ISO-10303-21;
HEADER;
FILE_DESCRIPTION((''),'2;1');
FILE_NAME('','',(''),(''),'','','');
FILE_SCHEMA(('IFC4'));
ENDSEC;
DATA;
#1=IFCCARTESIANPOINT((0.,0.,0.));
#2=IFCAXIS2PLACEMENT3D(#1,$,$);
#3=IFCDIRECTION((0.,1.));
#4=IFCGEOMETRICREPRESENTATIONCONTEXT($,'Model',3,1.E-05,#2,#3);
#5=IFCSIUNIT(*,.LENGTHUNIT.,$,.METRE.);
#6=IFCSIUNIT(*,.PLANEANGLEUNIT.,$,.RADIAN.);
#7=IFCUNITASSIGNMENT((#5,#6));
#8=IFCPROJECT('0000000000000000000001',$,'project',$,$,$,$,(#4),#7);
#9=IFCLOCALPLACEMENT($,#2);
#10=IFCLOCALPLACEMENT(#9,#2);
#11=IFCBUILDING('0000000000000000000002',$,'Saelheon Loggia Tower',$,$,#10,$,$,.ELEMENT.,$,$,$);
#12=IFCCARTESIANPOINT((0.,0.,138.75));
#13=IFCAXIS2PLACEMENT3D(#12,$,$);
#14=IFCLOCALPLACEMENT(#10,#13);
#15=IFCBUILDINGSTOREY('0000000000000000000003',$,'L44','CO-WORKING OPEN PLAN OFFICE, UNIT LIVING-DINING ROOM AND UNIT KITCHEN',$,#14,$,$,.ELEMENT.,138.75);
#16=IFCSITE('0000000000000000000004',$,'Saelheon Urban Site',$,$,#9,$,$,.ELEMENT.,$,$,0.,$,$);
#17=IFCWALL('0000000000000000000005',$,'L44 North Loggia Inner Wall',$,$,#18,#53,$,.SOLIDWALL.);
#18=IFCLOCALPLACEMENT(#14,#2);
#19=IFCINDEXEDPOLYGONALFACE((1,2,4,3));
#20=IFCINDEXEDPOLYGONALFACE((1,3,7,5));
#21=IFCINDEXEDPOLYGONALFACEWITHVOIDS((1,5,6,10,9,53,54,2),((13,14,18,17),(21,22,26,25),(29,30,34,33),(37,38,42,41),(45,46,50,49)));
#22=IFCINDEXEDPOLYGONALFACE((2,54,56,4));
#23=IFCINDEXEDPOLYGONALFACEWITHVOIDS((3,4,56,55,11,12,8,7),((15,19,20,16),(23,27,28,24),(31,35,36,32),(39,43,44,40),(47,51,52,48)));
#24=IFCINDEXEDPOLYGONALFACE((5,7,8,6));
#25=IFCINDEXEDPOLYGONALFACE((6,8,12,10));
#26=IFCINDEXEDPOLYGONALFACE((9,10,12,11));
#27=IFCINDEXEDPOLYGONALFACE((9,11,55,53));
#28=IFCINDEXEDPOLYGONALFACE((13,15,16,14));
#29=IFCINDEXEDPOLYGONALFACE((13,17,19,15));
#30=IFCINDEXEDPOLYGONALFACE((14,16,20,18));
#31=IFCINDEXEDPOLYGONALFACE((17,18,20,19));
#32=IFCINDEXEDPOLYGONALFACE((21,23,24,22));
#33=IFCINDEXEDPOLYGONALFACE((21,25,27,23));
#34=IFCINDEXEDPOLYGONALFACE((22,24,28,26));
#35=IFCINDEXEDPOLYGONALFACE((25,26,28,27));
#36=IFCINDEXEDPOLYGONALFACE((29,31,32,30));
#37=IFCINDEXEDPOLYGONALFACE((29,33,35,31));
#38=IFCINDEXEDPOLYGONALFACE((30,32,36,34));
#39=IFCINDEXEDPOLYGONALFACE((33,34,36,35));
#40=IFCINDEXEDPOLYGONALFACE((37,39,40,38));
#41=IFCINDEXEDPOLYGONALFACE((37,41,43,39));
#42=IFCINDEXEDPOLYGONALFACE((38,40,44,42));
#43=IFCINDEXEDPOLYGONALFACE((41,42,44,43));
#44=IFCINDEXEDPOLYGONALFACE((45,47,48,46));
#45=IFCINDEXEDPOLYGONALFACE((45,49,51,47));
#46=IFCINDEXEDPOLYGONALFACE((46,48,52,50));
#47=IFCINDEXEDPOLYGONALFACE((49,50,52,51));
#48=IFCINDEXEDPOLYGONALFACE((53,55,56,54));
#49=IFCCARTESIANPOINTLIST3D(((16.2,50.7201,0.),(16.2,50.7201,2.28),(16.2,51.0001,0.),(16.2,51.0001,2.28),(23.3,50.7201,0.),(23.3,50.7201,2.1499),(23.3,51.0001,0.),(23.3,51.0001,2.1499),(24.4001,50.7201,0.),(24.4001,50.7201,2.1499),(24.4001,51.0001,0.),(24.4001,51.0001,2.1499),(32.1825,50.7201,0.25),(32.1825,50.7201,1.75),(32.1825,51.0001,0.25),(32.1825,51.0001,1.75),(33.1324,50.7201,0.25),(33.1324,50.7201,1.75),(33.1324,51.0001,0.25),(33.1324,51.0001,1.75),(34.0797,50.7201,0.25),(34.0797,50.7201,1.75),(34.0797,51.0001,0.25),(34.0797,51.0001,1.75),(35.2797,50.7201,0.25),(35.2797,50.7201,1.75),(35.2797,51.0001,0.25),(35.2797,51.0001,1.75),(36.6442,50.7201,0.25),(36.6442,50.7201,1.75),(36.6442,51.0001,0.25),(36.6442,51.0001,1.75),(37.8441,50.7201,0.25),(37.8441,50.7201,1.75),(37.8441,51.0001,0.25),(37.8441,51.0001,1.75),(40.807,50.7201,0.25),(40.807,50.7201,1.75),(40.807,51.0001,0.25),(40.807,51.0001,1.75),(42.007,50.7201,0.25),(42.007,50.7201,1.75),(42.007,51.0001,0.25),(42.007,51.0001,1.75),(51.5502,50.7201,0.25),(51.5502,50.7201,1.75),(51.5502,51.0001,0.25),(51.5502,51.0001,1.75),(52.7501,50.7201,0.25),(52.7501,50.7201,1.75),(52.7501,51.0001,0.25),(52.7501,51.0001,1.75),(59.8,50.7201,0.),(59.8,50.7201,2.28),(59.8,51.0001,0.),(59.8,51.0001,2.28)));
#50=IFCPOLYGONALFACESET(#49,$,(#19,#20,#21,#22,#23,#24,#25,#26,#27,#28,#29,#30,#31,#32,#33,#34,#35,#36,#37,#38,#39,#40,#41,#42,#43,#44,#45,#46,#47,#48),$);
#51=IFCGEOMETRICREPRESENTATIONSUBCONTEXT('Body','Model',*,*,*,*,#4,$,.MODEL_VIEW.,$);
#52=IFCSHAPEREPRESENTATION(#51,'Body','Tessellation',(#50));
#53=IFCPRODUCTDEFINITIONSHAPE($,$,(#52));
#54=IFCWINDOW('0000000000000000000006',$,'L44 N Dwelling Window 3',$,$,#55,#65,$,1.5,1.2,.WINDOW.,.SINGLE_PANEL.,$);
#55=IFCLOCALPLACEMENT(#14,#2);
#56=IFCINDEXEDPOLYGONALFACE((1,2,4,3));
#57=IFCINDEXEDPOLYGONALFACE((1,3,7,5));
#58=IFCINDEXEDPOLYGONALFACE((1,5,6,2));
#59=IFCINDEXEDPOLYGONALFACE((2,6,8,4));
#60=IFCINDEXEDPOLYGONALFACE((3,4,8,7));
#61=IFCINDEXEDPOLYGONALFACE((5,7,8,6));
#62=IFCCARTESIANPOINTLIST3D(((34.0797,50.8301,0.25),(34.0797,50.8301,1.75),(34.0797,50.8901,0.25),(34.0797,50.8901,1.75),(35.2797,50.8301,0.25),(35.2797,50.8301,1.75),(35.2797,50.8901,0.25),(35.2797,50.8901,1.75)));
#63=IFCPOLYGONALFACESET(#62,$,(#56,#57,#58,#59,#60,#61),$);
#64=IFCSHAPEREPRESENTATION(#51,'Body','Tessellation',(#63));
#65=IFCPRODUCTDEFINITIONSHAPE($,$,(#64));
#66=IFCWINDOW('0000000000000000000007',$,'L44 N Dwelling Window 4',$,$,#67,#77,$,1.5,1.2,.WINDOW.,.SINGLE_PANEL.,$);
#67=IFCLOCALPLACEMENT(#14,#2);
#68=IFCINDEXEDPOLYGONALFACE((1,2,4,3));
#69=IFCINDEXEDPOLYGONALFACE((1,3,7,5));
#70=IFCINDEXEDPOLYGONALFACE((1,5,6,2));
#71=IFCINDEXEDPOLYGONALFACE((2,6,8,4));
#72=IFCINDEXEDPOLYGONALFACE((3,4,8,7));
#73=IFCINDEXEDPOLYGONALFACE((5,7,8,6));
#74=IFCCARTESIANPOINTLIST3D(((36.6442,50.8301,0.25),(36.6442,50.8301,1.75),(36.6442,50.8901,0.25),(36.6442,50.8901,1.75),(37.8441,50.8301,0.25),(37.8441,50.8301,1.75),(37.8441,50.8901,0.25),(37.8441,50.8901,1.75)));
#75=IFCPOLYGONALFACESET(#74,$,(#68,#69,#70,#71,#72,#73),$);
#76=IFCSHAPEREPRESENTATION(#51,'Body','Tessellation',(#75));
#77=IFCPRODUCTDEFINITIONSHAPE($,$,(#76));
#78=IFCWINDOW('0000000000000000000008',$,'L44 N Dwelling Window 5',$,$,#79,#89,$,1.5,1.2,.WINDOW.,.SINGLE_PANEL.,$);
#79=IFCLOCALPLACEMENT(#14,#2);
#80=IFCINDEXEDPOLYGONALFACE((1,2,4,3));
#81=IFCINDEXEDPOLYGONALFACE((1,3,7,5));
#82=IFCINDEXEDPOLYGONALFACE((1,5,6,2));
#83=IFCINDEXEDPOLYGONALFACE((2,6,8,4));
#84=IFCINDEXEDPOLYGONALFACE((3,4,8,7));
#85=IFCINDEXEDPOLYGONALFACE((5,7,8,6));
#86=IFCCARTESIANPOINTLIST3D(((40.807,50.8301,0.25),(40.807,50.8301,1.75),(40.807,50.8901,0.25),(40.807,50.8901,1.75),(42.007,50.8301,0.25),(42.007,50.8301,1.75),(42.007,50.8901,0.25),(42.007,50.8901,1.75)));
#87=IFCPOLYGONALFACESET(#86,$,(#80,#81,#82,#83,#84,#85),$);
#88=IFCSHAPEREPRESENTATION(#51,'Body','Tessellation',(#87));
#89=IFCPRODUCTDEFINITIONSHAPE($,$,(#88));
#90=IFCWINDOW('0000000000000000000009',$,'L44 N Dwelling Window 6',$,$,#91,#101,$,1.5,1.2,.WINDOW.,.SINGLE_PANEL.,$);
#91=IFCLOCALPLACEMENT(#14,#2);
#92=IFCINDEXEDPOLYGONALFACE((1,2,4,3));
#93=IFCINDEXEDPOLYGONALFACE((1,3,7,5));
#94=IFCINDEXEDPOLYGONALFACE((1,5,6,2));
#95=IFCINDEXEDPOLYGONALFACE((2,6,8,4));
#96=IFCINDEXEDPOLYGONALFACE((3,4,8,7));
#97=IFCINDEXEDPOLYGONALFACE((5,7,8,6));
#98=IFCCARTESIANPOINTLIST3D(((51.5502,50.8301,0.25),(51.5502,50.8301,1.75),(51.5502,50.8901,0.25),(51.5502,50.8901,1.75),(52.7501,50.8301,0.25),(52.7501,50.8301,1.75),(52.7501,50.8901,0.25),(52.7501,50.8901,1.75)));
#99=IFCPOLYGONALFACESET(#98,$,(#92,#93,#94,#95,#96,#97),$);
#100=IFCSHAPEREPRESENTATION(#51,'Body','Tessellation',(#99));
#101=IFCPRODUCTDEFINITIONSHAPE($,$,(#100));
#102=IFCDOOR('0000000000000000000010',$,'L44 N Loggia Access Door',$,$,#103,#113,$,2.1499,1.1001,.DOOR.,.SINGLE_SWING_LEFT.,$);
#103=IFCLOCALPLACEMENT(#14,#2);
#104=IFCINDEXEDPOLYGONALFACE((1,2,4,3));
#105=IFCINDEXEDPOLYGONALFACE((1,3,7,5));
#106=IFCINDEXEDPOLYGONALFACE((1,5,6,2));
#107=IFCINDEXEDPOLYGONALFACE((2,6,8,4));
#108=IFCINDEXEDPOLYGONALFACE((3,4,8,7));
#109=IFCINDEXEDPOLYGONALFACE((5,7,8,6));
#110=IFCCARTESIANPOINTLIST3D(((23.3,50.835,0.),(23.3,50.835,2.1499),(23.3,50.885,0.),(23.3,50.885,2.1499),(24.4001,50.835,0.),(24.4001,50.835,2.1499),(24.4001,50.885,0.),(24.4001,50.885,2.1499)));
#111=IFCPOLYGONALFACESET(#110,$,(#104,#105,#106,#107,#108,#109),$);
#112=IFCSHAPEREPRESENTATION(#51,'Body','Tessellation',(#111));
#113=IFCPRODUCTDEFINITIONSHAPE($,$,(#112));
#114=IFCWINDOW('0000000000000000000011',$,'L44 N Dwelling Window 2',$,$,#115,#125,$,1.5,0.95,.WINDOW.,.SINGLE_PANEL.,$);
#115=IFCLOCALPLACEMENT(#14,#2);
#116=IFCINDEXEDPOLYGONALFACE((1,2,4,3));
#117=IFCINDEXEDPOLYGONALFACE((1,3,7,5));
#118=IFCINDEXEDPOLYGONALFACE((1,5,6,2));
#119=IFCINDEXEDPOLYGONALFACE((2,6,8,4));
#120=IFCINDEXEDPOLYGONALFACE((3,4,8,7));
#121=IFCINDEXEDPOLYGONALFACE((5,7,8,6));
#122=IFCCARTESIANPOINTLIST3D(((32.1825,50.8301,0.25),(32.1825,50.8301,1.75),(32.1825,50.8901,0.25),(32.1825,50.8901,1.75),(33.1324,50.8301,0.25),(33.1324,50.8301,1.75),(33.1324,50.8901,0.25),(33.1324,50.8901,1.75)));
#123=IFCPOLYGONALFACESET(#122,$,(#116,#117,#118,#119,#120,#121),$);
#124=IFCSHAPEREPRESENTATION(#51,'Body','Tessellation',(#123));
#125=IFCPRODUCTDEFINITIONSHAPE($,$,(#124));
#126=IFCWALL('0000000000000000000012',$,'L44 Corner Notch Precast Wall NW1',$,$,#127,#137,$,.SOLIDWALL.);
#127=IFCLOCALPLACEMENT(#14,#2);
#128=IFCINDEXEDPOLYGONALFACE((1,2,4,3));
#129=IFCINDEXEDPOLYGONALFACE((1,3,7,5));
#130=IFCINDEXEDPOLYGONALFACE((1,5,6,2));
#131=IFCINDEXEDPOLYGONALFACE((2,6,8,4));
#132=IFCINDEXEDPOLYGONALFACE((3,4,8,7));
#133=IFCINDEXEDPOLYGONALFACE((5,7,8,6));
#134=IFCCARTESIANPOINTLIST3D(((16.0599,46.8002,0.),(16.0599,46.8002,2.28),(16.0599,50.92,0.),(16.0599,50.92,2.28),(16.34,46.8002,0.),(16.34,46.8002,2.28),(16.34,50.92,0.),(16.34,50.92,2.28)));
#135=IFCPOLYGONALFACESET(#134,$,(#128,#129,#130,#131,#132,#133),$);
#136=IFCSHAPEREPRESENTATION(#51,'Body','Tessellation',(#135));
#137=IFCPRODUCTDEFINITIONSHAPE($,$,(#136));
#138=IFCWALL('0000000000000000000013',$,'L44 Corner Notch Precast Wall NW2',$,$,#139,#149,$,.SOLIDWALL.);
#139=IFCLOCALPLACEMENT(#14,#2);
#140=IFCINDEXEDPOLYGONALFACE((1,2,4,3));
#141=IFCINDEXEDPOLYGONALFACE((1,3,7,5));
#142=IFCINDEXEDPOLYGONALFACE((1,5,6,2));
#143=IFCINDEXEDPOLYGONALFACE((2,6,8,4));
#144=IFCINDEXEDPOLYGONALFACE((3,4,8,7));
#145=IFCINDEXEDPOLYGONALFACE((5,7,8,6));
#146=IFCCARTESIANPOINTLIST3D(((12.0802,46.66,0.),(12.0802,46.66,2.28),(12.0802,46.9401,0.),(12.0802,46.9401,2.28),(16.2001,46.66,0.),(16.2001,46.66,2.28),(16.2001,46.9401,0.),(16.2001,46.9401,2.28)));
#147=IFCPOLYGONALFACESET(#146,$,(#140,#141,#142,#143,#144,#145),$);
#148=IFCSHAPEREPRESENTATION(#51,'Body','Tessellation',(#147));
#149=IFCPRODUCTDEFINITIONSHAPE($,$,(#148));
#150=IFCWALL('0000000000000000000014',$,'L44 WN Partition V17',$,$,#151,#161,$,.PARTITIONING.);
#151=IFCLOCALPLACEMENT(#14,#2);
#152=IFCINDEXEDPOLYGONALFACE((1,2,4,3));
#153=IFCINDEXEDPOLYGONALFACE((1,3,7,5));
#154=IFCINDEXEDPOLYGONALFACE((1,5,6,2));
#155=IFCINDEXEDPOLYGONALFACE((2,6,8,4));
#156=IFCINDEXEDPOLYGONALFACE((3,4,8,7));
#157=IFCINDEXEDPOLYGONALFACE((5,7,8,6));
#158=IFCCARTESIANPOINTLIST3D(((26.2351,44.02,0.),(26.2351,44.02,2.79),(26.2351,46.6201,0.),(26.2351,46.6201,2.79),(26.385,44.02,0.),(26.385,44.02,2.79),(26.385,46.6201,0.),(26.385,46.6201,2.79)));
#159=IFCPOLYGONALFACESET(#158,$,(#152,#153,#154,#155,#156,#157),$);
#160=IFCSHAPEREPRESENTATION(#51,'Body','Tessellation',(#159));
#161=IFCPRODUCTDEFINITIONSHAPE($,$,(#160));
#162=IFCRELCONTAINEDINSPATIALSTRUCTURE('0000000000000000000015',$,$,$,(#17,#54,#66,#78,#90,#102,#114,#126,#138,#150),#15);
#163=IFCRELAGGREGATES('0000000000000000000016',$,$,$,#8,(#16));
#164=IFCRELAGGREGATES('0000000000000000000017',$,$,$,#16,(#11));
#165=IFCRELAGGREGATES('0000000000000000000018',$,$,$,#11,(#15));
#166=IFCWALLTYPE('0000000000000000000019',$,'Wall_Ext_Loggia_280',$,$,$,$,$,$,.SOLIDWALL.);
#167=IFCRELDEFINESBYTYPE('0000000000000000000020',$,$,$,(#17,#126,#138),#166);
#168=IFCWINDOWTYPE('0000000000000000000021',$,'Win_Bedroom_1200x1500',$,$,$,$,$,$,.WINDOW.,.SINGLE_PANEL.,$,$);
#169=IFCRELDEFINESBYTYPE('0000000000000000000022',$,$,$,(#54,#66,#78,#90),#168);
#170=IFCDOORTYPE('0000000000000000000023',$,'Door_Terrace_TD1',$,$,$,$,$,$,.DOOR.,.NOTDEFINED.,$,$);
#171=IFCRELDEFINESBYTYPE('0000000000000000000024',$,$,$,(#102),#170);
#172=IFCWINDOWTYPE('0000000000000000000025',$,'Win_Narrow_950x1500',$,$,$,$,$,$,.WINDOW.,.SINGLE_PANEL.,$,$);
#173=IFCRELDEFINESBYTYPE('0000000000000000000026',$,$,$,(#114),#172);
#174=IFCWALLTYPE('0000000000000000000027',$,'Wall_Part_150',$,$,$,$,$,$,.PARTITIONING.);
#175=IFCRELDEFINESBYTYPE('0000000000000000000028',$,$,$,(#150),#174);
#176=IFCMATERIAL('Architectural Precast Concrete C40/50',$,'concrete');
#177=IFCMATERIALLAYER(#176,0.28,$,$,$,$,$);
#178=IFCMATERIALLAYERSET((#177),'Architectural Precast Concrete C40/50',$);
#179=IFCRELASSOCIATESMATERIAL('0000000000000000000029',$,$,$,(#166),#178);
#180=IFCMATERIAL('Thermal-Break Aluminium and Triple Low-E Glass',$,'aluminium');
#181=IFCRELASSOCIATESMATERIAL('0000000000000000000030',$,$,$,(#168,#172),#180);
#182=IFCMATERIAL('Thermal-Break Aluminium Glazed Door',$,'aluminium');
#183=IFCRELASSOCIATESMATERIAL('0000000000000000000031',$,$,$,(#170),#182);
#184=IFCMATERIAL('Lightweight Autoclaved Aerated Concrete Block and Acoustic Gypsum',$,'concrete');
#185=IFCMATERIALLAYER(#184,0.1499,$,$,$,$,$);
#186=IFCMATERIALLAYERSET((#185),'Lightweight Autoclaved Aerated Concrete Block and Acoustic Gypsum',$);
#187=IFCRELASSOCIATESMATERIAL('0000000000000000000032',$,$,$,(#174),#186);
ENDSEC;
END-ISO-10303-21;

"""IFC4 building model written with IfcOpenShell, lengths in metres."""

from ifc_helpers import new_model, si_unit, direction, frame, frame_2d, origin, place, context, subcontext, project, spatial, rectangle, extrude, source, transform, mapped, material, layer, layer_set, type_object, element, fill, save


model = new_model("IFC4")

# Units and contexts
model_context = context("Model", 3, precision=1e-05, world=origin(), true_north=direction((0.0, 1.0)))
body_context = subcontext(model_context, "Body", "Model", "MODEL_VIEW")
ifc_project = project(units=[si_unit("LENGTHUNIT", "METRE"), si_unit("PLANEANGLEUNIT", "RADIAN")], contexts=[model_context])

# Site, building, storey
site_placement = place(None, origin())
site = spatial("IfcSite", under=ifc_project, at=site_placement, Name="Saelheon Urban Site", CompositionType="ELEMENT", RefElevation=0.0)
building_placement = place(site_placement, origin())
building = spatial("IfcBuilding", under=site, at=building_placement, Name="Saelheon Loggia Tower", CompositionType="ELEMENT")
storey_placement = place(building_placement, frame((0.0, 0.0, 138.75)))
storey = spatial("IfcBuildingStorey", under=building, at=storey_placement, Name="L44", Description="CO-WORKING OPEN PLAN OFFICE, UNIT LIVING-DINING ROOM AND UNIT KITCHEN", CompositionType="ELEMENT", Elevation=138.75)

# Wall, openings, windows, door
ifc_material_1 = material(Name="Architectural Precast Concrete C40/50", Category="concrete")
ifc_layer_1 = layer(ifc_material_1, 0.28)
ifc_layer_set_1 = layer_set([ifc_layer_1], Name="Architectural Precast Concrete C40/50")
wall_type_1 = type_object("IfcWallType", Name="Wall_Ext_Loggia_280", PredefinedType="SOLIDWALL", material=ifc_layer_set_1)
wall_1_placement = place(storey_placement, frame((16.2, 50.8601, 0.0), z_axis=(0.0, 0.0, 1.0), x_axis=(1.0, 0.0, 0.0)))
wall_1 = element("IfcWall", 1, at=wall_1_placement, inside=storey, type_object=wall_type_1, Name="L44 North Loggia Inner Wall", PredefinedType="SOLIDWALL", context=body_context, shape_type="SweptSolid", body=[
    extrude(rectangle(XDim=43.6001, YDim=0.28, at=frame_2d((21.8, 0.0))), origin(), (0.0, 0.0, 1.0), 2.28),
])
opening_1_placement = place(wall_1_placement, frame((7.1001, 0.0, 0.0)))
opening_1 = element("IfcOpeningElement", 2, at=opening_1_placement, cuts=wall_1, PredefinedType="OPENING", context=body_context, shape_type="SweptSolid", body=[
    extrude(rectangle(XDim=1.1001, YDim=2.1499, at=frame_2d((0.55, 1.075))), frame((0.0, 0.1521, 0.0), z_axis=(0.0, -1.0, 0.0), x_axis=(1.0, 0.0, 0.0)), (0.0, 0.0, 1.0), 0.304),
])
opening_2_placement = place(wall_1_placement, frame((15.9824, 0.0, 0.25)))
opening_2 = element("IfcOpeningElement", 3, at=opening_2_placement, cuts=wall_1, PredefinedType="OPENING", context=body_context, shape_type="SweptSolid", body=[
    extrude(rectangle(XDim=0.95, YDim=1.5, at=frame_2d((0.4751, 0.75))), frame((0.0, 0.1521, 0.0), z_axis=(0.0, -1.0, 0.0), x_axis=(1.0, 0.0, 0.0)), (0.0, 0.0, 1.0), 0.304),
])
opening_3_placement = place(wall_1_placement, frame((17.8796, 0.0, 0.25)))
opening_3 = element("IfcOpeningElement", 4, at=opening_3_placement, cuts=wall_1, PredefinedType="OPENING", context=body_context, shape_type="SweptSolid", body=[
    extrude(rectangle(XDim=1.2, YDim=1.5, at=frame_2d((0.6001, 0.75))), frame((0.0, 0.1521, 0.0), z_axis=(0.0, -1.0, 0.0), x_axis=(1.0, 0.0, 0.0)), (0.0, 0.0, 1.0), 0.304),
])
opening_4_placement = place(wall_1_placement, frame((20.4441, 0.0, 0.25)))
opening_4 = element("IfcOpeningElement", 5, at=opening_4_placement, cuts=wall_1, PredefinedType="OPENING", context=body_context, shape_type="SweptSolid", body=[
    extrude(rectangle(XDim=1.2, YDim=1.5, at=frame_2d((0.6001, 0.75))), frame((0.0, 0.1521, 0.0), z_axis=(0.0, -1.0, 0.0), x_axis=(1.0, 0.0, 0.0)), (0.0, 0.0, 1.0), 0.304),
])
opening_5_placement = place(wall_1_placement, frame((24.6069, 0.0, 0.25)))
opening_5 = element("IfcOpeningElement", 6, at=opening_5_placement, cuts=wall_1, PredefinedType="OPENING", context=body_context, shape_type="SweptSolid", body=[
    extrude(rectangle(XDim=1.2, YDim=1.5, at=frame_2d((0.6001, 0.75))), frame((0.0, 0.1521, 0.0), z_axis=(0.0, -1.0, 0.0), x_axis=(1.0, 0.0, 0.0)), (0.0, 0.0, 1.0), 0.304),
])
opening_6_placement = place(wall_1_placement, frame((35.3501, 0.0, 0.25)))
opening_6 = element("IfcOpeningElement", 7, at=opening_6_placement, cuts=wall_1, PredefinedType="OPENING", context=body_context, shape_type="SweptSolid", body=[
    extrude(rectangle(XDim=1.2, YDim=1.5, at=frame_2d((0.6001, 0.75))), frame((0.0, 0.1521, 0.0), z_axis=(0.0, -1.0, 0.0), x_axis=(1.0, 0.0, 0.0)), (0.0, 0.0, 1.0), 0.304),
])
ifc_material_2 = material(Name="Thermal-Break Aluminium and Triple Low-E Glass", Category="aluminium")
window_type_1 = type_object("IfcWindowType", Name="Win_Bedroom_1200x1500", PartitioningType="SINGLE_PANEL", PredefinedType="WINDOW", material=ifc_material_2)
shared_shape_1 = source(origin(), body_context, "Body", "SweptSolid", [
    extrude(rectangle(XDim=1.2, YDim=1.5, at=frame_2d((0.6001, 0.75))), frame((0.0, 0.03, 0.0), z_axis=(0.0, -1.0, 0.0), x_axis=(1.0, 0.0, 0.0)), (0.0, 0.0, 1.0), 0.0601),
])
window_1_placement = place(opening_3_placement, origin())
window_1 = element("IfcWindow", 8, at=window_1_placement, inside=storey, type_object=window_type_1, Name="L44 N Dwelling Window 3", OverallHeight=1.5, OverallWidth=1.2, PartitioningType="SINGLE_PANEL", PredefinedType="WINDOW", context=body_context, shape_type="MappedRepresentation", body=[
    mapped(shared_shape_1, transform((0.0, 0.0, 0.0), scale=1.0)),
])
fill(opening_3, window_1)
window_2_placement = place(opening_4_placement, origin())
window_2 = element("IfcWindow", 9, at=window_2_placement, inside=storey, type_object=window_type_1, Name="L44 N Dwelling Window 4", OverallHeight=1.5, OverallWidth=1.2, PartitioningType="SINGLE_PANEL", PredefinedType="WINDOW", context=body_context, shape_type="MappedRepresentation", body=[
    mapped(shared_shape_1, transform((0.0, 0.0, 0.0), scale=1.0)),
])
fill(opening_4, window_2)
window_3_placement = place(opening_5_placement, origin())
window_3 = element("IfcWindow", 10, at=window_3_placement, inside=storey, type_object=window_type_1, Name="L44 N Dwelling Window 5", OverallHeight=1.5, OverallWidth=1.2, PartitioningType="SINGLE_PANEL", PredefinedType="WINDOW", context=body_context, shape_type="MappedRepresentation", body=[
    mapped(shared_shape_1, transform((0.0, 0.0, 0.0), scale=1.0)),
])
fill(opening_5, window_3)
window_4_placement = place(opening_6_placement, origin())
window_4 = element("IfcWindow", 11, at=window_4_placement, inside=storey, type_object=window_type_1, Name="L44 N Dwelling Window 6", OverallHeight=1.5, OverallWidth=1.2, PartitioningType="SINGLE_PANEL", PredefinedType="WINDOW", context=body_context, shape_type="MappedRepresentation", body=[
    mapped(shared_shape_1, transform((0.0, 0.0, 0.0), scale=1.0)),
])
fill(opening_6, window_4)
ifc_material_3 = material(Name="Thermal-Break Aluminium Glazed Door", Category="aluminium")
door_type_1 = type_object("IfcDoorType", Name="Door_Terrace_TD1", OperationType="NOTDEFINED", PredefinedType="DOOR", material=ifc_material_3)
shared_shape_2 = source(origin(), body_context, "Body", "SweptSolid", [
    extrude(rectangle(XDim=1.1001, YDim=2.1499, at=frame_2d((0.55, 1.075))), frame((0.0, 0.0249, 0.0), z_axis=(0.0, -1.0, 0.0), x_axis=(1.0, 0.0, 0.0)), (0.0, 0.0, 1.0), 0.05),
])
door_1_placement = place(opening_1_placement, origin())
door_1 = element("IfcDoor", 12, at=door_1_placement, inside=storey, type_object=door_type_1, Name="L44 N Loggia Access Door", OperationType="SINGLE_SWING_LEFT", OverallHeight=2.1499, OverallWidth=1.1001, PredefinedType="DOOR", context=body_context, shape_type="MappedRepresentation", body=[
    mapped(shared_shape_2, transform((0.0, 0.0, 0.0), scale=1.0)),
])
fill(opening_1, door_1)
window_type_2 = type_object("IfcWindowType", Name="Win_Narrow_950x1500", PartitioningType="SINGLE_PANEL", PredefinedType="WINDOW", material=ifc_material_2)
shared_shape_3 = source(origin(), body_context, "Body", "SweptSolid", [
    extrude(rectangle(XDim=0.95, YDim=1.5, at=frame_2d((0.4751, 0.75))), frame((0.0, 0.03, 0.0), z_axis=(0.0, -1.0, 0.0), x_axis=(1.0, 0.0, 0.0)), (0.0, 0.0, 1.0), 0.0601),
])
window_5_placement = place(opening_2_placement, origin())
window_5 = element("IfcWindow", 13, at=window_5_placement, inside=storey, type_object=window_type_2, Name="L44 N Dwelling Window 2", OverallHeight=1.5, OverallWidth=0.95, PartitioningType="SINGLE_PANEL", PredefinedType="WINDOW", context=body_context, shape_type="MappedRepresentation", body=[
    mapped(shared_shape_3, transform((0.0, 0.0, 0.0), scale=1.0)),
])
fill(opening_2, window_5)

# Walls
for number, where, z_axis, x_axis, name in (
    (14, (16.2, 46.8, 0.0), (0.0, 0.0, 1.0), (0.0, 1.0, 0.0), "L44 Corner Notch Precast Wall NW1"),
    (15, (12.0801, 46.8, 0.0), (0.0, 0.0, 1.0), (1.0, 0.0, 0.0), "L44 Corner Notch Precast Wall NW2"),
):
    element("IfcWall", number, at=place(storey_placement, frame(where, z_axis=z_axis, x_axis=x_axis)), inside=storey, type_object=wall_type_1, Name=name, PredefinedType="SOLIDWALL", context=body_context, shape_type="SweptSolid", body=[
        extrude(rectangle(XDim=4.1199, YDim=0.28, at=frame_2d((2.0601, 0.0))), origin(), (0.0, 0.0, 1.0), 2.28),
    ])
ifc_material_4 = material(Name="Lightweight Autoclaved Aerated Concrete Block and Acoustic Gypsum", Category="concrete")
ifc_layer_2 = layer(ifc_material_4, 0.1499)
ifc_layer_set_2 = layer_set([ifc_layer_2], Name="Lightweight Autoclaved Aerated Concrete Block and Acoustic Gypsum")
wall_type_2 = type_object("IfcWallType", Name="Wall_Part_150", PredefinedType="PARTITIONING", material=ifc_layer_set_2)
wall_2_placement = place(storey_placement, frame((26.3101, 44.02, 0.0), z_axis=(0.0, 0.0, 1.0), x_axis=(0.0, 1.0, 0.0)))
element("IfcWall", 16, at=wall_2_placement, inside=storey, type_object=wall_type_2, Name="L44 WN Partition V17", PredefinedType="PARTITIONING", context=body_context, shape_type="SweptSolid", body=[
    extrude(rectangle(XDim=2.6001, YDim=0.1499, at=frame_2d((1.3, 0.0))), origin(), (0.0, 0.0, 1.0), 2.79),
])

save(model, "model.ifc")
